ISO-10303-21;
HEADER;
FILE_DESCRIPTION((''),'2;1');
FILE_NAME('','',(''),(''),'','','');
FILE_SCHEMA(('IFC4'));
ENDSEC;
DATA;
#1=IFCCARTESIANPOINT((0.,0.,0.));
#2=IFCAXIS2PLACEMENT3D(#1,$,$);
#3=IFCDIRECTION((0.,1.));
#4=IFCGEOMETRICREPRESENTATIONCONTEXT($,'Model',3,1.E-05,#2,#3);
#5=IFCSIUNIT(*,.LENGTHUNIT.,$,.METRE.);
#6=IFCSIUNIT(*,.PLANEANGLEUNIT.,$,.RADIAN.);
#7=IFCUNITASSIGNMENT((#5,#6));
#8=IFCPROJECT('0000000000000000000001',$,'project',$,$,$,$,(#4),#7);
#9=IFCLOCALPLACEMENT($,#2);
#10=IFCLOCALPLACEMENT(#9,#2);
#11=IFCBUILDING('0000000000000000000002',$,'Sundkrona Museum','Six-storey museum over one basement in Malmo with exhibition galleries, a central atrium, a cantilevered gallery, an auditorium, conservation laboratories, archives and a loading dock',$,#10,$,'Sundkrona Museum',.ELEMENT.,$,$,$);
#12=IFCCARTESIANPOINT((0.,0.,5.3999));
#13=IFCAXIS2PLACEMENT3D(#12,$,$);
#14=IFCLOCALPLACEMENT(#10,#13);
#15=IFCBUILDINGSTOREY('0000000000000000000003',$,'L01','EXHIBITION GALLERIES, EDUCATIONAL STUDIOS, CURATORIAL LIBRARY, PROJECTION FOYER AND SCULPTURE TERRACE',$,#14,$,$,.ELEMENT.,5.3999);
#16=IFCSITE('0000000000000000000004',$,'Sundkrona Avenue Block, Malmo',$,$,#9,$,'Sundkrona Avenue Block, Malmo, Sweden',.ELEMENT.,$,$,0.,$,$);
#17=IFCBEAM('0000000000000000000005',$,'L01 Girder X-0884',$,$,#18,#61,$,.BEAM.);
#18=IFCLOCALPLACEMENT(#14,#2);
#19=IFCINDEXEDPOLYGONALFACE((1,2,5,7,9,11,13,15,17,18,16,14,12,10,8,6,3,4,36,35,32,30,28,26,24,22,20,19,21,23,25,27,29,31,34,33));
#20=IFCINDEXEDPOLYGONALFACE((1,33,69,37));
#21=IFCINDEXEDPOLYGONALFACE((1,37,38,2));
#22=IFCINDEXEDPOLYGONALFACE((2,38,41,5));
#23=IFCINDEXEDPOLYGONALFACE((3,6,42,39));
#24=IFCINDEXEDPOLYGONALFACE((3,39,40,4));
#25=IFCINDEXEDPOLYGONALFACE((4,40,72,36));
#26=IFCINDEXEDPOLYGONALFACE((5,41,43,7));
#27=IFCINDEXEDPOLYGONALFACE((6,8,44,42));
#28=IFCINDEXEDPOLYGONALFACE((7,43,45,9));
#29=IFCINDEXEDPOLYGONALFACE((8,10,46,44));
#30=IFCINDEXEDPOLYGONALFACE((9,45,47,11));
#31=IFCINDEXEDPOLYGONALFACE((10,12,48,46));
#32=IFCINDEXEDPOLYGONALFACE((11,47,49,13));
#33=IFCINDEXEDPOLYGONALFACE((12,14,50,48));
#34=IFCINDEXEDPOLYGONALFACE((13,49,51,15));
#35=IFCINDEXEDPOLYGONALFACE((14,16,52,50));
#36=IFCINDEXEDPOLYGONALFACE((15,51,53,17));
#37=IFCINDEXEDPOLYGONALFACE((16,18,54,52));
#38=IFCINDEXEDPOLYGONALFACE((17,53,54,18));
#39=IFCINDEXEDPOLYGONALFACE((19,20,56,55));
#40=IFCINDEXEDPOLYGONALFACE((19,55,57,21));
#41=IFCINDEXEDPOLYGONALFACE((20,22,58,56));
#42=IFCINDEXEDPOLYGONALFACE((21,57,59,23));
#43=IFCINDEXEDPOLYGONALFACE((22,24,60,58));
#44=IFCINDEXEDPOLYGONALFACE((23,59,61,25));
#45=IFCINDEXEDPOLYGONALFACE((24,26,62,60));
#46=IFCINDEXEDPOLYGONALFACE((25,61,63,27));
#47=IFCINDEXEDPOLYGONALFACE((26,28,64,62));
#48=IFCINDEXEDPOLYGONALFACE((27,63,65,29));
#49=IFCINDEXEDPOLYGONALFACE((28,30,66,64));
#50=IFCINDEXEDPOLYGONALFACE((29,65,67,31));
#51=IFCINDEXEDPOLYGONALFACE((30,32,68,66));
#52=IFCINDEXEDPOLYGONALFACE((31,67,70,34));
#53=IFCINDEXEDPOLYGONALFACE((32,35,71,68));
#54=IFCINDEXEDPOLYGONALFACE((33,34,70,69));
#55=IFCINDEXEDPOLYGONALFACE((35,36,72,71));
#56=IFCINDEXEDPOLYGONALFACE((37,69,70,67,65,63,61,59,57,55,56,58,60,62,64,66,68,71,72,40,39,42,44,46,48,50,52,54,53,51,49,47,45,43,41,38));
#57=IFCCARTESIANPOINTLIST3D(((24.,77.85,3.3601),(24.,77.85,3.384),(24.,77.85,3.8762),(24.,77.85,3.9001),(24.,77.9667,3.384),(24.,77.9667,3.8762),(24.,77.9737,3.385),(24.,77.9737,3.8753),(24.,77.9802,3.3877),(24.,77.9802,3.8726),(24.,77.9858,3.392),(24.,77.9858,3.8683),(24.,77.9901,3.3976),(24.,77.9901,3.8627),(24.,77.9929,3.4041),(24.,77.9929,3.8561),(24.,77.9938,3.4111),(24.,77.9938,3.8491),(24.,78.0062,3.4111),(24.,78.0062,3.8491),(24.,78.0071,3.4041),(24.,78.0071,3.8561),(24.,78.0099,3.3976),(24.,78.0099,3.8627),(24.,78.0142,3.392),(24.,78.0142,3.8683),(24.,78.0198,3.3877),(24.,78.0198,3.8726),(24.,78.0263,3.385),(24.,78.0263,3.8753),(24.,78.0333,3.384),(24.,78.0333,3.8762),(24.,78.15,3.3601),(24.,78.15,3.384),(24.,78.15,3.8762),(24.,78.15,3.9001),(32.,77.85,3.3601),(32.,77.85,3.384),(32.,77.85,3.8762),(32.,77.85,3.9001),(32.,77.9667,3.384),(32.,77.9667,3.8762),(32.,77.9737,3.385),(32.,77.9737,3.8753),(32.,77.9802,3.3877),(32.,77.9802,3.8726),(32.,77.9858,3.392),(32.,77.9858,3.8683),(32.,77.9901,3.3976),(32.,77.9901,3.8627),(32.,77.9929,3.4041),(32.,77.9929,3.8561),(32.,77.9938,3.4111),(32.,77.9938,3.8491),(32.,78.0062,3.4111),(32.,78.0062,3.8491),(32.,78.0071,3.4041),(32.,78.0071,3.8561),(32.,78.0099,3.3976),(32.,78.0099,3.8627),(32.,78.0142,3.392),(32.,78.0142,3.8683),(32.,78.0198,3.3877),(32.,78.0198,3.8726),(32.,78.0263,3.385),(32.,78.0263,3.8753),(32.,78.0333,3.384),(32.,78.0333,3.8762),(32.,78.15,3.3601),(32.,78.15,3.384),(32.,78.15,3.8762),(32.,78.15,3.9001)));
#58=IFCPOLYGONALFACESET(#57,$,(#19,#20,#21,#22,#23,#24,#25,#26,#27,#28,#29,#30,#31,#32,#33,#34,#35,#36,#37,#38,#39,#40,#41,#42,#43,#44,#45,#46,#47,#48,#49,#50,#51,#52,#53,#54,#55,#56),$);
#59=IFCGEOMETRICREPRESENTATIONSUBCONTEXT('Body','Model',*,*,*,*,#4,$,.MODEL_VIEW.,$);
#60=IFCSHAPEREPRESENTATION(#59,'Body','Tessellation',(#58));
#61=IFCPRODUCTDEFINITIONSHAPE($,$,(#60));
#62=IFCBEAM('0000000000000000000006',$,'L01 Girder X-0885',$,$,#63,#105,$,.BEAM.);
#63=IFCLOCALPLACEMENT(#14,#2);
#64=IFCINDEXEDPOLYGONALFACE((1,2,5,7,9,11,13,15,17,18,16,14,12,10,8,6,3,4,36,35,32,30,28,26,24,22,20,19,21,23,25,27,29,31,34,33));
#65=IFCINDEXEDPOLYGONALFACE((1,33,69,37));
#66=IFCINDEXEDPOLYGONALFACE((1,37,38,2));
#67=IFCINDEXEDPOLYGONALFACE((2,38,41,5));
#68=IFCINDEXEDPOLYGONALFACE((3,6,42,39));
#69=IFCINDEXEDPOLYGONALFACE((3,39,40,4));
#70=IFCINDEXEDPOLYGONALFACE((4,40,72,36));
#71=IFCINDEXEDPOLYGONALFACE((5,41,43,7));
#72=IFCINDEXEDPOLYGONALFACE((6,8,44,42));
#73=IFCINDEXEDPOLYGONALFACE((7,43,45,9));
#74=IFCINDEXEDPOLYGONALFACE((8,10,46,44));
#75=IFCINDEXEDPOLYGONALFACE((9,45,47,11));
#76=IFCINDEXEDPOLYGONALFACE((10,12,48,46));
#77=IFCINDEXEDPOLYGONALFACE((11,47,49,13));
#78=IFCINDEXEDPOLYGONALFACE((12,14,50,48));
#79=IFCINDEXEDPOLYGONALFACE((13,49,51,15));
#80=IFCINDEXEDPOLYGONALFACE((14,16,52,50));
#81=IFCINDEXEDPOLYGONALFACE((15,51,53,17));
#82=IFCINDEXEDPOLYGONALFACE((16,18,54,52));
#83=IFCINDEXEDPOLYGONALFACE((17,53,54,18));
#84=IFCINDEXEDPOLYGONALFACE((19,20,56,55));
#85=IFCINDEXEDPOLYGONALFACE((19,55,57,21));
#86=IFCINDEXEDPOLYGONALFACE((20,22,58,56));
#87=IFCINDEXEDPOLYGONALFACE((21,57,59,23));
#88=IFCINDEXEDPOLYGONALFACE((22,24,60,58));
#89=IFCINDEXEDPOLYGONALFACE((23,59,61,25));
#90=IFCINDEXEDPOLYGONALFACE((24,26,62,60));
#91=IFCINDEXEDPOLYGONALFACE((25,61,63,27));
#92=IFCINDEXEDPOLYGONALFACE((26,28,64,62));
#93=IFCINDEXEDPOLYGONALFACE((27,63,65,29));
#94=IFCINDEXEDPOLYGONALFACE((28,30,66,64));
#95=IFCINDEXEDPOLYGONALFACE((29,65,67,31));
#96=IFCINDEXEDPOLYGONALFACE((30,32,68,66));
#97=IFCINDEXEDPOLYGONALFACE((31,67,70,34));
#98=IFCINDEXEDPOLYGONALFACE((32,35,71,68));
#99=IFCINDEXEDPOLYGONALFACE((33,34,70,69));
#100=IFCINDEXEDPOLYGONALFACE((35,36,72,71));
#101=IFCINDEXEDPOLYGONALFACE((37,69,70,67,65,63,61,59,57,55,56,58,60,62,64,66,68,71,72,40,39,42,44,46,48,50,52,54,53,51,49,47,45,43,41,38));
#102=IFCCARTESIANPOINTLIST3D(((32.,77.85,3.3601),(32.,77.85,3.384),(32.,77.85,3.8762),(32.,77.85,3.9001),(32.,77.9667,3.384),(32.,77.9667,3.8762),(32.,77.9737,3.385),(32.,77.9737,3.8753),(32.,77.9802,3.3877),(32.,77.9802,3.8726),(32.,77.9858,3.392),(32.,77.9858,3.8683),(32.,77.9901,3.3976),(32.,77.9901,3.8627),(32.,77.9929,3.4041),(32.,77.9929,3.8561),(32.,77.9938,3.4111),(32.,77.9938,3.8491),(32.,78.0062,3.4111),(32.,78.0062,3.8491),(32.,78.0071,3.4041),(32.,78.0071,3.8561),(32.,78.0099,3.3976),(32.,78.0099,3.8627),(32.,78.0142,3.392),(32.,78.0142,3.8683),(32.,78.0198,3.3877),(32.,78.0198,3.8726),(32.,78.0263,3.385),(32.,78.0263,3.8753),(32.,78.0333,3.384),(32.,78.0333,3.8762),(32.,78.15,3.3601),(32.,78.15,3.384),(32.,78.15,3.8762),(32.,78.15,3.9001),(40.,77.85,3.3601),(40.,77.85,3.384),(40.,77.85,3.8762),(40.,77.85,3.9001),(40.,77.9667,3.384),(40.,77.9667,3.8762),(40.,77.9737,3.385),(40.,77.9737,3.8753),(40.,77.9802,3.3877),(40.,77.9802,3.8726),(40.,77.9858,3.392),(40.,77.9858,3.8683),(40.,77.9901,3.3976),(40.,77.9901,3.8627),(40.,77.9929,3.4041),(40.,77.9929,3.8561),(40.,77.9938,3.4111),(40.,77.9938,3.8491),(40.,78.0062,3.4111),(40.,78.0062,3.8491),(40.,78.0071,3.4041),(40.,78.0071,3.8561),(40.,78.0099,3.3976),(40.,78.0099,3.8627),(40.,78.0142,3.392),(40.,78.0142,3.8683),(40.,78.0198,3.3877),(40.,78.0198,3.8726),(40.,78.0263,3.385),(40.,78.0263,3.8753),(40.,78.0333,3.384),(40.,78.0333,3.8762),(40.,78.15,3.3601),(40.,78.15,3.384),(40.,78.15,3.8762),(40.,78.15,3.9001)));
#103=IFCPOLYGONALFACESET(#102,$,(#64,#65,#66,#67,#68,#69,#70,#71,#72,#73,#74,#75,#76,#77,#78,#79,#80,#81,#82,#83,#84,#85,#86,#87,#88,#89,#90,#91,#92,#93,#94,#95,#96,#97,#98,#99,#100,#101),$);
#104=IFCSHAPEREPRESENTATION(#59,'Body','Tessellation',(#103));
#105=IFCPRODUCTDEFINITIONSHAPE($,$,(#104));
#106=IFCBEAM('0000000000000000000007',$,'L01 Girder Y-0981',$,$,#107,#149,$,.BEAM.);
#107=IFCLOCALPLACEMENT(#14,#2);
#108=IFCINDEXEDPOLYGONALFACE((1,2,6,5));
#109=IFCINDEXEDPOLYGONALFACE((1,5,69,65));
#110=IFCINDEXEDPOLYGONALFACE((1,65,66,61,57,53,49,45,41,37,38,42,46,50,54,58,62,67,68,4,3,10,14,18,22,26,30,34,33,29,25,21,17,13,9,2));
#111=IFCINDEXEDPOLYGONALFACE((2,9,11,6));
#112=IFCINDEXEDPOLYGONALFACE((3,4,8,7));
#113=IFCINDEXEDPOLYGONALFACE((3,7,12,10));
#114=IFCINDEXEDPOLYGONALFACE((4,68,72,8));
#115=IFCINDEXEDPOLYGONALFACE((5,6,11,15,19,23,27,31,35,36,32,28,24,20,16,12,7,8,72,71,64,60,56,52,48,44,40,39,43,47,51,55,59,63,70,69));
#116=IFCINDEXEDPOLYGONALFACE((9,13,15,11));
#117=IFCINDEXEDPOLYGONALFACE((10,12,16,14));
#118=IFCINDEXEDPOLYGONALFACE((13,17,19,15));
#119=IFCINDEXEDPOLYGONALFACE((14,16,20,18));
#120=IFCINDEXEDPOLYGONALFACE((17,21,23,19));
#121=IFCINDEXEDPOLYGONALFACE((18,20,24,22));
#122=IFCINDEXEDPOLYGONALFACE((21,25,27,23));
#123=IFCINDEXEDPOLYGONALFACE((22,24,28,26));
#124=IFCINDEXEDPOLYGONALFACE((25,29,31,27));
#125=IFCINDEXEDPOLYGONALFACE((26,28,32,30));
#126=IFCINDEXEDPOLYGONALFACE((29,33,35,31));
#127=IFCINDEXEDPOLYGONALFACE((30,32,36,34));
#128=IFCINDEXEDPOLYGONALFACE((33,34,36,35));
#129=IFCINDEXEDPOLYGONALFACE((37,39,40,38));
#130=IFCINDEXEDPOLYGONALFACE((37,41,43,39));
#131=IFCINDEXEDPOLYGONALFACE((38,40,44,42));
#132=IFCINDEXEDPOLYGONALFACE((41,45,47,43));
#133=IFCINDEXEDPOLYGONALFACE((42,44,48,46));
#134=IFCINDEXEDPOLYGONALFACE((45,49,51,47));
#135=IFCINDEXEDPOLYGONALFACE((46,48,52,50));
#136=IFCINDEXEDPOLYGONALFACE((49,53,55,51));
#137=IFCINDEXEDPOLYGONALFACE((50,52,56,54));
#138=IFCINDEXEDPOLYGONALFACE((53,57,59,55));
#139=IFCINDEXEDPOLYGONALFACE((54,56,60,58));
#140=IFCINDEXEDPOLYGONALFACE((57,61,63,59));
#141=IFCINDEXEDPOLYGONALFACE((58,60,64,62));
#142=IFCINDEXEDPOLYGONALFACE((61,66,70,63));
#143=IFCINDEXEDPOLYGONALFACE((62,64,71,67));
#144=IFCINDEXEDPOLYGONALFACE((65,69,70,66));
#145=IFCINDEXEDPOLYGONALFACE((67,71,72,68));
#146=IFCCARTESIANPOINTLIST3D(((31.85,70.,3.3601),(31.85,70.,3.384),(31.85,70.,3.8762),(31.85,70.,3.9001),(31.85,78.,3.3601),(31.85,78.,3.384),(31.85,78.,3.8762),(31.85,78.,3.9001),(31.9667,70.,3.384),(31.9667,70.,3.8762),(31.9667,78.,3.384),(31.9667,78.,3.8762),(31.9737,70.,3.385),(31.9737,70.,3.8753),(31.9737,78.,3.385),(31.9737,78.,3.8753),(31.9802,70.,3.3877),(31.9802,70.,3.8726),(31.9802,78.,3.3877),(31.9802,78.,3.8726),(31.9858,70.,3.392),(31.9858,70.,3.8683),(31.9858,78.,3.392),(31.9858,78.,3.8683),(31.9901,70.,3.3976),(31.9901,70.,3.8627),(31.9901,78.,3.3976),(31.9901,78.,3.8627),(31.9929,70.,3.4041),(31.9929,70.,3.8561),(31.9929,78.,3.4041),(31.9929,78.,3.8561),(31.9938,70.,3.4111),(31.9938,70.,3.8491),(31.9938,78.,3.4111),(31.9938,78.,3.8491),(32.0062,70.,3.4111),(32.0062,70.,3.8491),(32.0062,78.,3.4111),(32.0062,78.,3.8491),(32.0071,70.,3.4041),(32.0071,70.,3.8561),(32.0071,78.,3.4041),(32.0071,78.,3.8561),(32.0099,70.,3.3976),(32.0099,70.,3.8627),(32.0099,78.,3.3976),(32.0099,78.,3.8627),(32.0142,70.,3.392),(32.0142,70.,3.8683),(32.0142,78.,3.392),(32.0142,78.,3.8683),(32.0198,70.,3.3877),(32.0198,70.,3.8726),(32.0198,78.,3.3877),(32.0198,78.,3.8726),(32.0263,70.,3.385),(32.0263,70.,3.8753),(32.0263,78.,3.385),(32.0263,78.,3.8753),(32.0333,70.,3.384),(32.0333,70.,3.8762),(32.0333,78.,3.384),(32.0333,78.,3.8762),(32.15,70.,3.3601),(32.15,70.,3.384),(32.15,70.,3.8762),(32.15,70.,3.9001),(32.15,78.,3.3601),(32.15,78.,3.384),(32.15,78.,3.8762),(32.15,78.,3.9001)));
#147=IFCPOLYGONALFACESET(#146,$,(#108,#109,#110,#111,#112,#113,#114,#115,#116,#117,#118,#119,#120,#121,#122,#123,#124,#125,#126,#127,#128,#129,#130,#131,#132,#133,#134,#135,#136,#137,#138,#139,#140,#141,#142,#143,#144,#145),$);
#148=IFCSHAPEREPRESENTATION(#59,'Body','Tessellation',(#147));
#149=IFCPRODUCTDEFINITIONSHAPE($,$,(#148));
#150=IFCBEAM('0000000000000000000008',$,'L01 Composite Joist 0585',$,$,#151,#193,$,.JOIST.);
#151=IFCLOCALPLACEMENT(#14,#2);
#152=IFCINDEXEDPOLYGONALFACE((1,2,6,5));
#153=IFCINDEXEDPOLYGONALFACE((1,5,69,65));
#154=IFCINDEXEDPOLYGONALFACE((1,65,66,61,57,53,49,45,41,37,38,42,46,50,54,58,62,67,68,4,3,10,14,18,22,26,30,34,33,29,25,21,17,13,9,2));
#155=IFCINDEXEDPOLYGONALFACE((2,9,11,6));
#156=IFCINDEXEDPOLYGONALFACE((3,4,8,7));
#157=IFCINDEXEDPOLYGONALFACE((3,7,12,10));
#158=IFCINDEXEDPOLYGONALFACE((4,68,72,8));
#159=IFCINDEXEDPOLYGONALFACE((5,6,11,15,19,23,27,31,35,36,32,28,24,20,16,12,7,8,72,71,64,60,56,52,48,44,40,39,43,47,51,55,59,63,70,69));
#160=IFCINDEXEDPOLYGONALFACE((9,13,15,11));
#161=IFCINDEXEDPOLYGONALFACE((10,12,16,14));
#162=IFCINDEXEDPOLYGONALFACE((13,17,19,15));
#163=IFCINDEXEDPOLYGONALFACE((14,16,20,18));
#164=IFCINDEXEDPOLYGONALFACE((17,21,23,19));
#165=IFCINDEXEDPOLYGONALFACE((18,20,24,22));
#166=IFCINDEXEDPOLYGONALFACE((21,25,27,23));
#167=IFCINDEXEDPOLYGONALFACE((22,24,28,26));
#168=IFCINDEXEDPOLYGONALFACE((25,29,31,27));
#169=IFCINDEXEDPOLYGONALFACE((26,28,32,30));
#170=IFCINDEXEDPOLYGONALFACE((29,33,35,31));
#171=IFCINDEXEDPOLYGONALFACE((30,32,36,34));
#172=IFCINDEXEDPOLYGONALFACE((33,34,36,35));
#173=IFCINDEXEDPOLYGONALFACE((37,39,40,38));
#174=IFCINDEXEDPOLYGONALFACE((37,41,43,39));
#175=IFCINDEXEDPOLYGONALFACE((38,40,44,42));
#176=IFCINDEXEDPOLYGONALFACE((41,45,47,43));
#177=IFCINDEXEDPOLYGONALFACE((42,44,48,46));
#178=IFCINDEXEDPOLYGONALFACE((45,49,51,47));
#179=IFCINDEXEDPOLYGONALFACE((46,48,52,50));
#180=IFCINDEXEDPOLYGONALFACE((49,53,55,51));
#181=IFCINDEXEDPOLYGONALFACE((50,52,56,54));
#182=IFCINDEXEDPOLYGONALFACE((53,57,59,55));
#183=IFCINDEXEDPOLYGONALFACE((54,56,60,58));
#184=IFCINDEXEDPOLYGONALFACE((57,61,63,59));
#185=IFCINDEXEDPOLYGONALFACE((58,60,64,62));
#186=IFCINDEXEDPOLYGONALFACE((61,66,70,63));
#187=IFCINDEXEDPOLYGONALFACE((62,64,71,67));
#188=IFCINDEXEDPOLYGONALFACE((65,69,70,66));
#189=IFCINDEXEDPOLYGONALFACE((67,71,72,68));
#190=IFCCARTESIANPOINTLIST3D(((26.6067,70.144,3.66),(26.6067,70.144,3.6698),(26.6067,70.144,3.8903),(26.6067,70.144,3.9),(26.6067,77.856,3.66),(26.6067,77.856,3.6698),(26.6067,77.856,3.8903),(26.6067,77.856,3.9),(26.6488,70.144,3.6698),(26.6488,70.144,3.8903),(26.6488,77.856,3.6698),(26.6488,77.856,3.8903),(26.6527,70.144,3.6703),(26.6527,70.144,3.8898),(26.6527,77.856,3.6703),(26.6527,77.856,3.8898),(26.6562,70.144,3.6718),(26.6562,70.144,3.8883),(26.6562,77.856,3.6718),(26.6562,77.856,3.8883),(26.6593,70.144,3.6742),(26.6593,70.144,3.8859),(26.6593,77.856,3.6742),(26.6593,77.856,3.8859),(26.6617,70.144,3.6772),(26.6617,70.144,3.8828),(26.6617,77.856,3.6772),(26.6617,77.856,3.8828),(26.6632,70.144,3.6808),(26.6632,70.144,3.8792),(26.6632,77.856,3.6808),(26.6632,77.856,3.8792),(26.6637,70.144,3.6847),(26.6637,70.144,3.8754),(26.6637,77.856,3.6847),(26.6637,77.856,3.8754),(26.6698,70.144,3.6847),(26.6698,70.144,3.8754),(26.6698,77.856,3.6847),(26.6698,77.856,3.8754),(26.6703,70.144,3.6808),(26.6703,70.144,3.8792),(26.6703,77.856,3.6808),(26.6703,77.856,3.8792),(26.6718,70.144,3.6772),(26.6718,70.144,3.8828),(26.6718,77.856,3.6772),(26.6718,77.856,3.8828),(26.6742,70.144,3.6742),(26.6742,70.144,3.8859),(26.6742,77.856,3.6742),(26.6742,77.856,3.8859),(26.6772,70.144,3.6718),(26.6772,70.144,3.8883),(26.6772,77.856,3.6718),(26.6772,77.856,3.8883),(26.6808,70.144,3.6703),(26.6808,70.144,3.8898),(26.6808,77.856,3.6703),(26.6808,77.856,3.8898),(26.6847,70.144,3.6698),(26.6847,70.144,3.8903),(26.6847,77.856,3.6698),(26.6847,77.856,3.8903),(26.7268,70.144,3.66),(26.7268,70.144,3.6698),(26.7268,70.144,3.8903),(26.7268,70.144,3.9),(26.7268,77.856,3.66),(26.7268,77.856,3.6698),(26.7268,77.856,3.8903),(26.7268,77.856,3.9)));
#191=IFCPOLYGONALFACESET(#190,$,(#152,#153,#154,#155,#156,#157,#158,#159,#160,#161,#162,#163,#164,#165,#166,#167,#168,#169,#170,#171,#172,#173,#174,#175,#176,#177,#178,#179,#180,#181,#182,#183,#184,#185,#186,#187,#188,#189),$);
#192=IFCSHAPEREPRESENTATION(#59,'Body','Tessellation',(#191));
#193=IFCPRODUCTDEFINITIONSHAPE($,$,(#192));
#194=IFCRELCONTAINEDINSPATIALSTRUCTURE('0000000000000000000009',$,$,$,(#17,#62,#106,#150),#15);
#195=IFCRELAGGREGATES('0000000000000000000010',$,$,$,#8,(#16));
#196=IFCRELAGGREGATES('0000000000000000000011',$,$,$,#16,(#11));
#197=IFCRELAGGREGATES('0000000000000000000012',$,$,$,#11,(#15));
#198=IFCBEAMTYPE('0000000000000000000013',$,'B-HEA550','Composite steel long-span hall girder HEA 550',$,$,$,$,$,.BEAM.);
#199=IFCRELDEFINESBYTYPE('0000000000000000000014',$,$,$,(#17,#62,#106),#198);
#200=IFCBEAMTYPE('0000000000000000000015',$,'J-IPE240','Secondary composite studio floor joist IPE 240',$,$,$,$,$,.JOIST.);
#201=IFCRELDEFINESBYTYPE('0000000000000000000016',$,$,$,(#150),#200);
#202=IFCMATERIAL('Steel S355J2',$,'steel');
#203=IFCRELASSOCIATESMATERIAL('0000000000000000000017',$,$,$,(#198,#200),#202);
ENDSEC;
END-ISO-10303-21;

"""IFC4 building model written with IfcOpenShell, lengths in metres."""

from ifc_helpers import new_model, si_unit, direction, frame, origin, origin_2d, place, context, subcontext, project, spatial, i_section, extrude, material, material_profile, profile_set, type_object, element, save


model = new_model("IFC4")

# Units and contexts
model_context = context("Model", 3, precision=1e-05, world=origin(), true_north=direction((0.0, 1.0)))
body_context = subcontext(model_context, "Body", "Model", "MODEL_VIEW")
ifc_project = project(units=[si_unit("LENGTHUNIT", "METRE"), si_unit("PLANEANGLEUNIT", "RADIAN")], contexts=[model_context])

# Site, building, storey
site_placement = place(None, origin())
site = spatial("IfcSite", under=ifc_project, at=site_placement, Name="Sundkrona Avenue Block, Malmo", LongName="Sundkrona Avenue Block, Malmo, Sweden", CompositionType="ELEMENT", RefElevation=0.0)
building_placement = place(site_placement, origin())
building = spatial("IfcBuilding", under=site, at=building_placement, Name="Sundkrona Museum", Description="Six-storey museum over one basement in Malmo with exhibition galleries, a central atrium, a cantilevered gallery, an auditorium, conservation laboratories, archives and a loading dock", LongName="Sundkrona Museum", CompositionType="ELEMENT")
storey_placement = place(building_placement, frame((0.0, 0.0, 5.3999)))
storey = spatial("IfcBuildingStorey", under=building, at=storey_placement, Name="L01", Description="EXHIBITION GALLERIES, EDUCATIONAL STUDIOS, CURATORIAL LIBRARY, PROJECTION FOYER AND SCULPTURE TERRACE", CompositionType="ELEMENT", Elevation=5.3999)

# Shared definitions
ifc_material_1 = material(Name="Steel S355J2", Category="steel")

# Beams
ifc_material_profile_1 = material_profile(ifc_material_1, i_section(OverallWidth=0.3, OverallDepth=0.54, WebThickness=0.0125, FlangeThickness=0.0239, FilletRadius=0.0271, at=origin_2d()), Name="HEA 550")
ifc_profile_set_1 = profile_set([ifc_material_profile_1], Name="Steel S355J2")
beam_type_1 = type_object("IfcBeamType", Name="B-HEA550", Description="Composite steel long-span hall girder HEA 550", PredefinedType="BEAM", material=ifc_profile_set_1)
for number, where, z_axis, x_axis, name in (
    (1, (24.0, 78.0, 3.6301), (1.0, 0.0, 0.0), (0.0, 1.0, 0.0), "L01 Girder X-0884"),
    (2, (32.0, 78.0, 3.6301), (1.0, 0.0, 0.0), (0.0, 1.0, 0.0), "L01 Girder X-0885"),
    (3, (32.0, 70.0, 3.6301), (0.0, 1.0, 0.0), (-1.0, 0.0, 0.0), "L01 Girder Y-0981"),
):
    element("IfcBeam", number, at=place(storey_placement, frame(where, z_axis=z_axis, x_axis=x_axis)), inside=storey, type_object=beam_type_1, Name=name, PredefinedType="BEAM", context=body_context, shape_type="SweptSolid", body=[
        extrude(i_section(OverallWidth=0.3, OverallDepth=0.54, WebThickness=0.0125, FlangeThickness=0.0239, FilletRadius=0.0271, at=origin_2d()), origin(), (0.0, 0.0, 1.0), 8.0),
    ])
ifc_material_profile_2 = material_profile(ifc_material_1, i_section(OverallWidth=0.1201, OverallDepth=0.24, WebThickness=0.0061, FlangeThickness=0.0098, FilletRadius=0.0149, at=origin_2d()), Name="IPE 240")
ifc_profile_set_2 = profile_set([ifc_material_profile_2], Name="Steel S355J2")
beam_type_2 = type_object("IfcBeamType", Name="J-IPE240", Description="Secondary composite studio floor joist IPE 240", PredefinedType="JOIST", material=ifc_profile_set_2)
beam_1_placement = place(storey_placement, frame((26.6667, 70.144, 3.78), z_axis=(0.0, 1.0, 0.0), x_axis=(-1.0, 0.0, 0.0)))
element("IfcBeam", 4, at=beam_1_placement, inside=storey, type_object=beam_type_2, Name="L01 Composite Joist 0585", PredefinedType="JOIST", context=body_context, shape_type="SweptSolid", body=[
    extrude(i_section(OverallWidth=0.1201, OverallDepth=0.24, WebThickness=0.0061, FlangeThickness=0.0098, FilletRadius=0.0149, at=origin_2d()), origin(), (0.0, 0.0, 1.0), 7.7119),
])

save(model, "model.ifc")
